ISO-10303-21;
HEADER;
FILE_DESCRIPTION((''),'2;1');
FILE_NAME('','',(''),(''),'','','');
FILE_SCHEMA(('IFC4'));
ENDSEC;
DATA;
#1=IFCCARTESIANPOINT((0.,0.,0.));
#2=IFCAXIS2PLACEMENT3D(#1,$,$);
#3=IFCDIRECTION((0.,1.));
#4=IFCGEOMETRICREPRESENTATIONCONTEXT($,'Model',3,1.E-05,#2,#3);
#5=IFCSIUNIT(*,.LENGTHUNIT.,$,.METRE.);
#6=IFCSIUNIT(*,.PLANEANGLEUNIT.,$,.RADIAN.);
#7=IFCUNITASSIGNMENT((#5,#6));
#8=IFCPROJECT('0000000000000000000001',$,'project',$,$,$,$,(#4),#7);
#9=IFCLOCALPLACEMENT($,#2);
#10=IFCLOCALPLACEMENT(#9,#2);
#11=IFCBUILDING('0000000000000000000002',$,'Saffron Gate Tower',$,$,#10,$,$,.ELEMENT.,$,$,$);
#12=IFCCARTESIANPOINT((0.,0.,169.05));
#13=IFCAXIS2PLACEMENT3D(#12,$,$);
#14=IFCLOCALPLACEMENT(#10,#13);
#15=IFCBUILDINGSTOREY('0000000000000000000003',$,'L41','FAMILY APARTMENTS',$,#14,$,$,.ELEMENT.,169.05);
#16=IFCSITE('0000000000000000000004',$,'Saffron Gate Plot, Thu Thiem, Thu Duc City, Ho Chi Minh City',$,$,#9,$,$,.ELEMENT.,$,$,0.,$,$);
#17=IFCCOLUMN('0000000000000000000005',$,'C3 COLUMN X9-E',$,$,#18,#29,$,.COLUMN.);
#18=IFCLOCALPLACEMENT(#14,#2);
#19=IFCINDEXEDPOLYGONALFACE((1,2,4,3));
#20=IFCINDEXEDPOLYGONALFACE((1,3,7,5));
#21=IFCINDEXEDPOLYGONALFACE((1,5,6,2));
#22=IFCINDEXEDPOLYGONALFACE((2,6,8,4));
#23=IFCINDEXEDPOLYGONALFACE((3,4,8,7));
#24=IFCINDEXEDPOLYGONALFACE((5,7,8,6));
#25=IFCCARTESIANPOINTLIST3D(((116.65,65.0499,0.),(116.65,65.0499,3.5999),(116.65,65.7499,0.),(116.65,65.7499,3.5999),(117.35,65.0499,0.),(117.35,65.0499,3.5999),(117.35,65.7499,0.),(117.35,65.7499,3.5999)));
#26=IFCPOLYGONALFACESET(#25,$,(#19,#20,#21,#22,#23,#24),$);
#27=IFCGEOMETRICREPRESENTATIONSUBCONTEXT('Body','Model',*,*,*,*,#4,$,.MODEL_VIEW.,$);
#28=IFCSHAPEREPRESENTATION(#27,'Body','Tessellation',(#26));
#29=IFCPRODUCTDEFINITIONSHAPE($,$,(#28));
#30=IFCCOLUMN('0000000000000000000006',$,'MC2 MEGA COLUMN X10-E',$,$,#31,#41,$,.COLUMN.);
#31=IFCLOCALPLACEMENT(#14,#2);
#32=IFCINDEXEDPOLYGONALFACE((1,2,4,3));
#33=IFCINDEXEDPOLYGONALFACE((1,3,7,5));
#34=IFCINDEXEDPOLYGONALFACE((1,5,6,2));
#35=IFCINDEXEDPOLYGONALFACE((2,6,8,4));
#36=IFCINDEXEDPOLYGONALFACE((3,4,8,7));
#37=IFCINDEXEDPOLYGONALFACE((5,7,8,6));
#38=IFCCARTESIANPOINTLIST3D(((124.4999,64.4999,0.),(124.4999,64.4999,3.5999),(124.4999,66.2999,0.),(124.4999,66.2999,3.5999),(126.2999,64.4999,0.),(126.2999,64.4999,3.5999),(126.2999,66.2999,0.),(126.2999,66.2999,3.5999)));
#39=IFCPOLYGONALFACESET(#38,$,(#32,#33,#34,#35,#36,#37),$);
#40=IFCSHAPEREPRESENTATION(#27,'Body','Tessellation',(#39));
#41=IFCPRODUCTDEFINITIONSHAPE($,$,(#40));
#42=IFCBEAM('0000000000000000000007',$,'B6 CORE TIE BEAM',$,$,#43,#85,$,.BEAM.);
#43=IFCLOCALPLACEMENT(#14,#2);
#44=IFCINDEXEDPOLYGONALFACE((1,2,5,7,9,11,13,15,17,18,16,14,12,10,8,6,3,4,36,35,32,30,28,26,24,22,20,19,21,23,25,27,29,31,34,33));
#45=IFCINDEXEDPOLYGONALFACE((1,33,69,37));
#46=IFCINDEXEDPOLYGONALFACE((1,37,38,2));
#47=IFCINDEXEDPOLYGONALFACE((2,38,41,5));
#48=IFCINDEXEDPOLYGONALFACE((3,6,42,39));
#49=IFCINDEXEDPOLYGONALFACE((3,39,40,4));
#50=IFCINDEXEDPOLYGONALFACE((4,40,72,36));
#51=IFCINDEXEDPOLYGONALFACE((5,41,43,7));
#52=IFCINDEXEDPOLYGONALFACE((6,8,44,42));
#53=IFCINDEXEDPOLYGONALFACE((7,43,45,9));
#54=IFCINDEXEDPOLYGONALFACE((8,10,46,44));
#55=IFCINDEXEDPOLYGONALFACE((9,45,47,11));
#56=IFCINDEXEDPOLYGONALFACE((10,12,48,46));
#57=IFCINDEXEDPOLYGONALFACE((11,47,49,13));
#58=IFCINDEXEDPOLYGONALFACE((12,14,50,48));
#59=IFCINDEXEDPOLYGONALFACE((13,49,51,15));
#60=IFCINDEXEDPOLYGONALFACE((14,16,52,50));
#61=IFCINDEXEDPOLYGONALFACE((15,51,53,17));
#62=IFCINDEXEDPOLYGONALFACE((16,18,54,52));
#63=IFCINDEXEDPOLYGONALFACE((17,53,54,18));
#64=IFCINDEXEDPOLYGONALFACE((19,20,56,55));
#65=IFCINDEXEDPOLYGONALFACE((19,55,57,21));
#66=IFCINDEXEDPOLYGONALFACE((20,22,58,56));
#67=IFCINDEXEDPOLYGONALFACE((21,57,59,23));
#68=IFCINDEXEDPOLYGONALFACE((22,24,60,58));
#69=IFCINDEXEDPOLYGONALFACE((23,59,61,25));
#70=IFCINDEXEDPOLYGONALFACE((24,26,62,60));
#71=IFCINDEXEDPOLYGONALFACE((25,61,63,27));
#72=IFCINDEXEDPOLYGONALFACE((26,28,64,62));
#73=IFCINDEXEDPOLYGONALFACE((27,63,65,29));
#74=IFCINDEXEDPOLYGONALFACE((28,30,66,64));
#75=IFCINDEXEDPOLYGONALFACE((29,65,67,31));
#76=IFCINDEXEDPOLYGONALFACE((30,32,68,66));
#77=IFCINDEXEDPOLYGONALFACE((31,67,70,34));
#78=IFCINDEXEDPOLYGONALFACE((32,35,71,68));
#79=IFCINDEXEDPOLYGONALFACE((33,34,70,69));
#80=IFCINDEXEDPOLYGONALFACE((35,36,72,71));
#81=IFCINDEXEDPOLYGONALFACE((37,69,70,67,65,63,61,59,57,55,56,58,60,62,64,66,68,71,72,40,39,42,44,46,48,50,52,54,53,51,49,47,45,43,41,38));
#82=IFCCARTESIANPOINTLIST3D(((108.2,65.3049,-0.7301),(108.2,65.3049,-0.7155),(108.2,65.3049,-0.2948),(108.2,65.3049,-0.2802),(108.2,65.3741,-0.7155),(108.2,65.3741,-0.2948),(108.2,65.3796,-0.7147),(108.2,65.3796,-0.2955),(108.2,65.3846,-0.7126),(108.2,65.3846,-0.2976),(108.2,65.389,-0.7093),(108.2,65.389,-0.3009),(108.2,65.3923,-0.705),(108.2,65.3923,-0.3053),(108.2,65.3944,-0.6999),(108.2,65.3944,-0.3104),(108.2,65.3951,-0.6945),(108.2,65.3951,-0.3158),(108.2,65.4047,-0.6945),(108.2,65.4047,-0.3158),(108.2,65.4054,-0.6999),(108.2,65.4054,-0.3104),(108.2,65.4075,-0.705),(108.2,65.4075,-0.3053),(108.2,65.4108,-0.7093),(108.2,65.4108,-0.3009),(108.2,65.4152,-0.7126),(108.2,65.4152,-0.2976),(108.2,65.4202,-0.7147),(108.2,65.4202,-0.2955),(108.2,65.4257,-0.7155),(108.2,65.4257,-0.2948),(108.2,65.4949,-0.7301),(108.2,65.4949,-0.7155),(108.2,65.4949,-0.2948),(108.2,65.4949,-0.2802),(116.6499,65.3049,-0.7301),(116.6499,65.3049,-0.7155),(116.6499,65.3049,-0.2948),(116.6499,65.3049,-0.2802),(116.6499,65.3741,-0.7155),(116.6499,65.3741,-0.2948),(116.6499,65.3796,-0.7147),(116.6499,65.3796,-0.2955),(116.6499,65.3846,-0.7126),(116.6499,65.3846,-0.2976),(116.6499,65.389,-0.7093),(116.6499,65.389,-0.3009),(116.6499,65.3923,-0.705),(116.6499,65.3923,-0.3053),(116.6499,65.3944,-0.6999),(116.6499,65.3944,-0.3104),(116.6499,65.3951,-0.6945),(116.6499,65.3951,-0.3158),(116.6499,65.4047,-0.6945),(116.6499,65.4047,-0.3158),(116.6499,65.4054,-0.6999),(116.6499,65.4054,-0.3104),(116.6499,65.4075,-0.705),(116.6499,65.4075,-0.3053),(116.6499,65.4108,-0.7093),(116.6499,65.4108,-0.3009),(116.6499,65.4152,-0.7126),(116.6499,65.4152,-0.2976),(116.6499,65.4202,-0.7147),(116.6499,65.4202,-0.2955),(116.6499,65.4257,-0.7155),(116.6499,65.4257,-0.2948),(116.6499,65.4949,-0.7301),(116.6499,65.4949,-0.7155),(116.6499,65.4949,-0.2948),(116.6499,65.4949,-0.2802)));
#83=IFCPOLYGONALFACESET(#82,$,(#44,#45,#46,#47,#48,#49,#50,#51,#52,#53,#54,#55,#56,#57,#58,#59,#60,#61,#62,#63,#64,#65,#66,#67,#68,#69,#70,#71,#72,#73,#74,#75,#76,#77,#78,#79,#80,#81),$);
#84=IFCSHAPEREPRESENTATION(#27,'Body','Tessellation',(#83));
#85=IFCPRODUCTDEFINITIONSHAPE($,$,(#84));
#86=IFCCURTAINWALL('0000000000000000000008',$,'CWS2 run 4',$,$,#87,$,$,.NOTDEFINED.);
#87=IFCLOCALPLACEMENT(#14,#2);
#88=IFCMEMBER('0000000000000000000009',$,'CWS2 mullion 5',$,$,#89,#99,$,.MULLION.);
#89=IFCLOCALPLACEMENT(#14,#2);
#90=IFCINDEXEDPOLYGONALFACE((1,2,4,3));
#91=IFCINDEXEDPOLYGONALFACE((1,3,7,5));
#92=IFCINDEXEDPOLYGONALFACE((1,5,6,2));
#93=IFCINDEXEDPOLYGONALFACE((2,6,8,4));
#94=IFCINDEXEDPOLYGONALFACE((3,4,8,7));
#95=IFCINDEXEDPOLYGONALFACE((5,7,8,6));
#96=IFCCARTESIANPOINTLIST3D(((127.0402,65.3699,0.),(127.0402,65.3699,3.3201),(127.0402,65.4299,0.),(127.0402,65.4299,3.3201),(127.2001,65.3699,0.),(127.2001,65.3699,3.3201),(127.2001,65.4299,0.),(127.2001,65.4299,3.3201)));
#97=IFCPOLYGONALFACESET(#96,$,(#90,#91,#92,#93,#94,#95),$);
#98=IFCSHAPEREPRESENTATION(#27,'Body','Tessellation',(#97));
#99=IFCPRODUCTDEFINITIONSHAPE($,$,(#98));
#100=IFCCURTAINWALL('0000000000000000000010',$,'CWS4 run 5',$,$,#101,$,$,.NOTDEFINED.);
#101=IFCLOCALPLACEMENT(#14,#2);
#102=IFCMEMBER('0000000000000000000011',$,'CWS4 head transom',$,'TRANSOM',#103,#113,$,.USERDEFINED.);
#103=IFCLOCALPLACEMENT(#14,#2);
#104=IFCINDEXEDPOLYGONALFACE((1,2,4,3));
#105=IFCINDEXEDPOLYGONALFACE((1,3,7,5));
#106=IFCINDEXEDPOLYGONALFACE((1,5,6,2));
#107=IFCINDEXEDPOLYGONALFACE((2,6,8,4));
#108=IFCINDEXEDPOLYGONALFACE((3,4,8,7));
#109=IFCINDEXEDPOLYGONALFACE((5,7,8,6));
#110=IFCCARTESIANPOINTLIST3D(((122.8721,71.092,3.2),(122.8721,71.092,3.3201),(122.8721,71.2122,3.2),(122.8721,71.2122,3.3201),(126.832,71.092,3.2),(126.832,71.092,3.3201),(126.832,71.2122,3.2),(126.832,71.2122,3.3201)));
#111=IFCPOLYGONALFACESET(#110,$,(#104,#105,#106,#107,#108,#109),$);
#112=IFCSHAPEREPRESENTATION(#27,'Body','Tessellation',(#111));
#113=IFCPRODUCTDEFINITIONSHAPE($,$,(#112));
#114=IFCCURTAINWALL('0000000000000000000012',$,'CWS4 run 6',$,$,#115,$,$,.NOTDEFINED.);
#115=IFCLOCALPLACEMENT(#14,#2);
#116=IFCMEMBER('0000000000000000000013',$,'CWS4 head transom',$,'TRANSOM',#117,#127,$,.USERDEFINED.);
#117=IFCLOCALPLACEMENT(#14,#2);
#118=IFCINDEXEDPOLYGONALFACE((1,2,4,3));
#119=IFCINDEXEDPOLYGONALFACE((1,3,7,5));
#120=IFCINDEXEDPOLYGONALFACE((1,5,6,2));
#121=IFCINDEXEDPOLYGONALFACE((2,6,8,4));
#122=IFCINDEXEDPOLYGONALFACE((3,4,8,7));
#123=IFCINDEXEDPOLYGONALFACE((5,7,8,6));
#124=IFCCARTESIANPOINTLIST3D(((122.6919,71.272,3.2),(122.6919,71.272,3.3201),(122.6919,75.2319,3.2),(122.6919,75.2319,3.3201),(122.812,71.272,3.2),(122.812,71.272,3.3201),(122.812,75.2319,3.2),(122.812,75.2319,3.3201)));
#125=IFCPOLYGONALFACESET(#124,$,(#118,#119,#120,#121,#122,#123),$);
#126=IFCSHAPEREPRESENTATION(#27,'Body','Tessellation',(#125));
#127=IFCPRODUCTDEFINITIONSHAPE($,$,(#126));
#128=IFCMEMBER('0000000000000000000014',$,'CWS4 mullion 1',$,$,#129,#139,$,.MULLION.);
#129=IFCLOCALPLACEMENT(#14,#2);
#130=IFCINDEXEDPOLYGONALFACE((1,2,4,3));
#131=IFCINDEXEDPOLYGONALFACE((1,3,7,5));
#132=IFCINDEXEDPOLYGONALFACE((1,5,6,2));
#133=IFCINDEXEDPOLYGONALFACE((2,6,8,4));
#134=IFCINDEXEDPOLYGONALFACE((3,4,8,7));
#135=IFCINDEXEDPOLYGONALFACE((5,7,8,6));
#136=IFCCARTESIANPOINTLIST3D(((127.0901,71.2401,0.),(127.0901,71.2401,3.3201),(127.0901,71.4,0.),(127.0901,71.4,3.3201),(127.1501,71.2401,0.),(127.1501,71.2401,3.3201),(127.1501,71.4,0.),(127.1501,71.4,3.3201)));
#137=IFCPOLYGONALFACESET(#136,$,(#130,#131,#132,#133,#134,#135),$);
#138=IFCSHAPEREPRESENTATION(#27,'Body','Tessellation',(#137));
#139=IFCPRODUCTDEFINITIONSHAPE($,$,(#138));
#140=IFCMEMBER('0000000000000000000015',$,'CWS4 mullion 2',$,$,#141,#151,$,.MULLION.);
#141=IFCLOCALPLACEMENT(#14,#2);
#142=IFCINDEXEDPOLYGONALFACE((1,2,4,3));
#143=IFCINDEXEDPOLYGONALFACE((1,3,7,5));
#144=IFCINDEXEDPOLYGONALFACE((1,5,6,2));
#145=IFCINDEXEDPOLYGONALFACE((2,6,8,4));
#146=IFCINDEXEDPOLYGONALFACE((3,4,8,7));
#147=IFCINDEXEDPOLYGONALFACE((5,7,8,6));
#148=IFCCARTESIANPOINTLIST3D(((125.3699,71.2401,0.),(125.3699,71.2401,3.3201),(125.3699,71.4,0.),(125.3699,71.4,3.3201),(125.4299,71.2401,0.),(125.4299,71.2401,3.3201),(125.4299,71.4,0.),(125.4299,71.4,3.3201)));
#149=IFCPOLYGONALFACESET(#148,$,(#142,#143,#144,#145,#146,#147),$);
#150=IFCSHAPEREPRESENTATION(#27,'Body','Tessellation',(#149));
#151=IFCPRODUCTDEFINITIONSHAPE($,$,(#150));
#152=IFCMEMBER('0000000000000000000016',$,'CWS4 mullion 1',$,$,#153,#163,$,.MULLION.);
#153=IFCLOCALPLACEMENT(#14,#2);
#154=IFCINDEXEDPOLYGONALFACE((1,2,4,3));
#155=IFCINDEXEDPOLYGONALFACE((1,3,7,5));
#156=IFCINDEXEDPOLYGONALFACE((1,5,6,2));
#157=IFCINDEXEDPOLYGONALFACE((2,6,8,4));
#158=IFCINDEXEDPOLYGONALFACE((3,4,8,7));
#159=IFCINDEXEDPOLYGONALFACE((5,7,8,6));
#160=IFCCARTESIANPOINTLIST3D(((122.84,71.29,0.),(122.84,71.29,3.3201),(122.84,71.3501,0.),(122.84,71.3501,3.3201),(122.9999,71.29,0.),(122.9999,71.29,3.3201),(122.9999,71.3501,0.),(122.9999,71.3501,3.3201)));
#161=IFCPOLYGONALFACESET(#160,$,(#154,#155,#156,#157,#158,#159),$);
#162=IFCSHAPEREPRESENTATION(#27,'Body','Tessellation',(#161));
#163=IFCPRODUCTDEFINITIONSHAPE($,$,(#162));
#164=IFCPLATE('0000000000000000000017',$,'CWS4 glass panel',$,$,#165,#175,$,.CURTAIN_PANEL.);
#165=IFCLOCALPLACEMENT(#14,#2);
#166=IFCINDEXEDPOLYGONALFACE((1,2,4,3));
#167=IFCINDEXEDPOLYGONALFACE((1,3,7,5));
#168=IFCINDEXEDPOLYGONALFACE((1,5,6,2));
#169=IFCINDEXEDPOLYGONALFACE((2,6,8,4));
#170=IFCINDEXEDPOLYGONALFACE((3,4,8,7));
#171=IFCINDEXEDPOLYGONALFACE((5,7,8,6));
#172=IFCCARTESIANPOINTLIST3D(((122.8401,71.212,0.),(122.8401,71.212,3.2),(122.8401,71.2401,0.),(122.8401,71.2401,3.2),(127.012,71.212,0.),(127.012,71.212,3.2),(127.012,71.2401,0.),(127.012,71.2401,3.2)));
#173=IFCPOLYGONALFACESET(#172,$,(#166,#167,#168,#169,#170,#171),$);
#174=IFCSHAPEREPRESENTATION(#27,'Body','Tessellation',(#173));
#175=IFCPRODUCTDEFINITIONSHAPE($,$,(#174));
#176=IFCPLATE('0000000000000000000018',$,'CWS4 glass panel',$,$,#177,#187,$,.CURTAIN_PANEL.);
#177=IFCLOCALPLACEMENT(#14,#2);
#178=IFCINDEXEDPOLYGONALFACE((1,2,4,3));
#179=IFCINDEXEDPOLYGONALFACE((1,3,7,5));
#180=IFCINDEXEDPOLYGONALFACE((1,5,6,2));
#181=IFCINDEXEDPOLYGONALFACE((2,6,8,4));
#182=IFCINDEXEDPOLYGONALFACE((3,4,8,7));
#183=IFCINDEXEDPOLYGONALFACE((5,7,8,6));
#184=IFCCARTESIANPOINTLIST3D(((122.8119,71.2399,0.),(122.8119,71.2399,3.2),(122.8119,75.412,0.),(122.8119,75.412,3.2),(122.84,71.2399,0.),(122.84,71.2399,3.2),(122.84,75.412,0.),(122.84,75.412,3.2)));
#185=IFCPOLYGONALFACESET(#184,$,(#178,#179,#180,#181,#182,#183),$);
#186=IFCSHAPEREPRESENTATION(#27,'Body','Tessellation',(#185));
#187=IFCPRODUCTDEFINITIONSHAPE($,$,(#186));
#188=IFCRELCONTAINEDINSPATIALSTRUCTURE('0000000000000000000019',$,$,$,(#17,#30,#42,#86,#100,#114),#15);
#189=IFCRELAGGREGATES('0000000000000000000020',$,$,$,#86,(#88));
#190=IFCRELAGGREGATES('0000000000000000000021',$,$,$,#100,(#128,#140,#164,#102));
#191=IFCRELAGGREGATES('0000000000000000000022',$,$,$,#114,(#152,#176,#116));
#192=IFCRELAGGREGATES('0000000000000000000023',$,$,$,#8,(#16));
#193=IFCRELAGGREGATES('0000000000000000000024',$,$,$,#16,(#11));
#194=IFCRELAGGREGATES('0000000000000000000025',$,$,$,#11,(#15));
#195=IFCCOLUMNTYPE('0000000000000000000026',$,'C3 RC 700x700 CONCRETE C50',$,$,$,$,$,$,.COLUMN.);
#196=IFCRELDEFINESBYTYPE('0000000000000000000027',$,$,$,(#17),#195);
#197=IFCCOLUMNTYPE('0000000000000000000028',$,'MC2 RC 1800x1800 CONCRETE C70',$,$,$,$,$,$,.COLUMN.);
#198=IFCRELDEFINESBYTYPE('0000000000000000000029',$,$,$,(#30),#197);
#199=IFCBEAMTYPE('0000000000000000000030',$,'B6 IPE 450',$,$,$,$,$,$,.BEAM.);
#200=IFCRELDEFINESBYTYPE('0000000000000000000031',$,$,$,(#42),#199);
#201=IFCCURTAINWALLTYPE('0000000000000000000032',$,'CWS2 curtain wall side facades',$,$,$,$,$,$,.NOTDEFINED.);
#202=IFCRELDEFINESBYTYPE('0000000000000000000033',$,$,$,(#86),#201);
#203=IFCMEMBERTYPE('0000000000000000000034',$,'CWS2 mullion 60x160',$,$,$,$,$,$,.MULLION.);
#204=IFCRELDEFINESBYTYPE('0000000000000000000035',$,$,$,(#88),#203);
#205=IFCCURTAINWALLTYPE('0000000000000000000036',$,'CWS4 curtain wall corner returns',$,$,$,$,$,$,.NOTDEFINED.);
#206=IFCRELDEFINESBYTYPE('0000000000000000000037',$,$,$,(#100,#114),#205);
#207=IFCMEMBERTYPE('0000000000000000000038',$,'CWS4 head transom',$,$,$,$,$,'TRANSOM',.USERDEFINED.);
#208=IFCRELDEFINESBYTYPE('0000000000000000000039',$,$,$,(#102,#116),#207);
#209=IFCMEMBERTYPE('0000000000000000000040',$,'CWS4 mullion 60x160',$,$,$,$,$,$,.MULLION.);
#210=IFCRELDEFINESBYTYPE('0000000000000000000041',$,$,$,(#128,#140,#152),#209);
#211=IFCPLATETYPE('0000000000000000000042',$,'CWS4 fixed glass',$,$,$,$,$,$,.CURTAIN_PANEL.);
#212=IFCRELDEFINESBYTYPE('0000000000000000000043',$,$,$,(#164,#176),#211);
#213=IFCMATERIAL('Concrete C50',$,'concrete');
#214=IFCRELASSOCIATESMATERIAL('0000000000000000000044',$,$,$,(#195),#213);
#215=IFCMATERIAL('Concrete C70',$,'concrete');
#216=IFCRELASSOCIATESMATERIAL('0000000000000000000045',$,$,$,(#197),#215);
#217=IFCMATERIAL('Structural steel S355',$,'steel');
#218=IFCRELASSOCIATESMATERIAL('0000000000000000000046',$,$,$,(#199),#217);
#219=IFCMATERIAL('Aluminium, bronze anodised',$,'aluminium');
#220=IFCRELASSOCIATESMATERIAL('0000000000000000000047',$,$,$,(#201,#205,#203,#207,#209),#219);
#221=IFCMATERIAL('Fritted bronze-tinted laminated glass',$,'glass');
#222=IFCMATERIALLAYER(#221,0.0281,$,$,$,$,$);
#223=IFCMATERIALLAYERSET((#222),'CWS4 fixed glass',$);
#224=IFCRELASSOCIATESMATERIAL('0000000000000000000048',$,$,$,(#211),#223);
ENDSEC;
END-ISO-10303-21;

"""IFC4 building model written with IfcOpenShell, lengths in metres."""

from ifc_helpers import new_model, si_unit, direction, frame, frame_2d, origin, origin_2d, place, context, subcontext, project, spatial, rectangle, i_section, extrude, material, layer, layer_set, material_profile, profile_set, type_object, element, aggregate, save


model = new_model("IFC4")

# Units and contexts
model_context = context("Model", 3, precision=1e-05, world=origin(), true_north=direction((0.0, 1.0)))
body_context = subcontext(model_context, "Body", "Model", "MODEL_VIEW")
ifc_project = project(units=[si_unit("LENGTHUNIT", "METRE"), si_unit("PLANEANGLEUNIT", "RADIAN")], contexts=[model_context])

# Site, building, storey
site_placement = place(None, origin())
site = spatial("IfcSite", under=ifc_project, at=site_placement, Name="Saffron Gate Plot, Thu Thiem, Thu Duc City, Ho Chi Minh City", CompositionType="ELEMENT", RefElevation=0.0)
building_placement = place(site_placement, origin())
building = spatial("IfcBuilding", under=site, at=building_placement, Name="Saffron Gate Tower", CompositionType="ELEMENT")
storey_placement = place(building_placement, frame((0.0, 0.0, 169.05)))
storey = spatial("IfcBuildingStorey", under=building, at=storey_placement, Name="L41", Description="FAMILY APARTMENTS", CompositionType="ELEMENT", Elevation=169.05)

# Columns
ifc_material_1 = material(Name="Concrete C50", Category="concrete")
ifc_material_profile_1 = material_profile(ifc_material_1, rectangle(XDim=0.7, YDim=0.7, at=origin_2d()))
ifc_profile_set_1 = profile_set([ifc_material_profile_1], Name="Concrete C50")
column_type_1 = type_object("IfcColumnType", Name="C3 RC 700x700 CONCRETE C50", PredefinedType="COLUMN", material=ifc_profile_set_1)
column_1_placement = place(storey_placement, frame((117.0, 65.3999, 0.0), z_axis=(0.0, 0.0, 1.0), x_axis=(1.0, 0.0, 0.0)))
element("IfcColumn", 1, at=column_1_placement, inside=storey, type_object=column_type_1, Name="C3 COLUMN X9-E", PredefinedType="COLUMN", context=body_context, shape_type="SweptSolid", body=[
    extrude(rectangle(XDim=0.7, YDim=0.7, at=origin_2d()), origin(), (0.0, 0.0, 1.0), 3.5999),
])
ifc_material_2 = material(Name="Concrete C70", Category="concrete")
ifc_material_profile_2 = material_profile(ifc_material_2, rectangle(XDim=1.8, YDim=1.8, at=origin_2d()))
ifc_profile_set_2 = profile_set([ifc_material_profile_2], Name="Concrete C70")
column_type_2 = type_object("IfcColumnType", Name="MC2 RC 1800x1800 CONCRETE C70", PredefinedType="COLUMN", material=ifc_profile_set_2)
column_2_placement = place(storey_placement, frame((125.3999, 65.3999, 0.0), z_axis=(0.0, 0.0, 1.0), x_axis=(1.0, 0.0, 0.0)))
element("IfcColumn", 2, at=column_2_placement, inside=storey, type_object=column_type_2, Name="MC2 MEGA COLUMN X10-E", PredefinedType="COLUMN", context=body_context, shape_type="SweptSolid", body=[
    extrude(rectangle(XDim=1.8, YDim=1.8, at=origin_2d()), origin(), (0.0, 0.0, 1.0), 3.5999),
])

# Beam
ifc_material_3 = material(Name="Structural steel S355", Category="steel")
ifc_material_profile_3 = material_profile(ifc_material_3, i_section(OverallWidth=0.1899, OverallDepth=0.45, WebThickness=0.0095, FlangeThickness=0.0146, FilletRadius=0.021, at=origin_2d()))
ifc_profile_set_3 = profile_set([ifc_material_profile_3], Name="Structural steel S355")
beam_type = type_object("IfcBeamType", Name="B6 IPE 450", PredefinedType="BEAM", material=ifc_profile_set_3)
beam_placement = place(storey_placement, frame((116.6499, 65.3999, -0.5051), z_axis=(-1.0, 0.0, 0.0), x_axis=(0.0, -1.0, 0.0)))
element("IfcBeam", 3, at=beam_placement, inside=storey, type_object=beam_type, Name="B6 CORE TIE BEAM", PredefinedType="BEAM", context=body_context, shape_type="SweptSolid", body=[
    extrude(i_section(OverallWidth=0.1899, OverallDepth=0.45, WebThickness=0.0095, FlangeThickness=0.0146, FilletRadius=0.021, at=origin_2d()), origin(), (0.0, 0.0, 1.0), 8.45),
])

# Curtain walls, members
ifc_material_4 = material(Name="Aluminium, bronze anodised", Category="aluminium")
curtain_wall_type_1 = type_object("IfcCurtainWallType", Name="CWS2 curtain wall side facades", PredefinedType="NOTDEFINED", material=ifc_material_4)
curtain_wall_1_placement = place(storey_placement, origin())
curtain_wall_1 = element("IfcCurtainWall", 4, at=curtain_wall_1_placement, inside=storey, type_object=curtain_wall_type_1, Name="CWS2 run 4", PredefinedType="NOTDEFINED")
ifc_material_profile_4 = material_profile(ifc_material_4, rectangle(XDim=0.1599, YDim=0.0601, at=origin_2d()))
ifc_profile_set_4 = profile_set([ifc_material_profile_4], Name="Aluminium, bronze anodised")
member_type_1 = type_object("IfcMemberType", Name="CWS2 mullion 60x160", PredefinedType="MULLION", material=ifc_profile_set_4)
member_1_placement = place(storey_placement, frame((127.1201, 65.3999, 0.0), z_axis=(0.0, 0.0, 1.0), x_axis=(-1.0, 0.0, 0.0)))
member_1 = element("IfcMember", 5, at=member_1_placement, type_object=member_type_1, Name="CWS2 mullion 5", PredefinedType="MULLION", context=body_context, shape_type="SweptSolid", body=[
    extrude(rectangle(XDim=0.1599, YDim=0.0601, at=origin_2d()), origin(), (0.0, 0.0, 1.0), 3.3201),
])
aggregate(curtain_wall_1, [member_1])
curtain_wall_type_2 = type_object("IfcCurtainWallType", Name="CWS4 curtain wall corner returns", PredefinedType="NOTDEFINED", material=ifc_material_4)
curtain_wall_2_placement = place(storey_placement, origin())
curtain_wall_2 = element("IfcCurtainWall", 6, at=curtain_wall_2_placement, inside=storey, type_object=curtain_wall_type_2, Name="CWS4 run 5", PredefinedType="NOTDEFINED")
ifc_material_profile_5 = material_profile(ifc_material_4, rectangle(XDim=0.1201, YDim=0.1201, at=origin_2d()))
ifc_profile_set_5 = profile_set([ifc_material_profile_5], Name="Aluminium, bronze anodised")
member_type_2 = type_object("IfcMemberType", Name="CWS4 head transom", ElementType="TRANSOM", PredefinedType="USERDEFINED", material=ifc_profile_set_5)
member_2_placement = place(storey_placement, frame((126.832, 71.1521, 3.26), z_axis=(-1.0, 0.0, 0.0), x_axis=(0.0, -1.0, 0.0)))
member_2 = element("IfcMember", 7, at=member_2_placement, type_object=member_type_2, Name="CWS4 head transom", ObjectType="TRANSOM", PredefinedType="USERDEFINED", context=body_context, shape_type="SweptSolid", body=[
    extrude(rectangle(XDim=0.1201, YDim=0.1201, at=origin_2d()), origin(), (0.0, 0.0, 1.0), 3.96),
])
curtain_wall_3_placement = place(storey_placement, origin())
curtain_wall_3 = element("IfcCurtainWall", 8, at=curtain_wall_3_placement, inside=storey, type_object=curtain_wall_type_2, Name="CWS4 run 6", PredefinedType="NOTDEFINED")
member_3_placement = place(storey_placement, frame((122.752, 71.272, 3.26), z_axis=(0.0, 1.0, 0.0), x_axis=(-1.0, 0.0, 0.0)))
member_3 = element("IfcMember", 9, at=member_3_placement, type_object=member_type_2, Name="CWS4 head transom", ObjectType="TRANSOM", PredefinedType="USERDEFINED", context=body_context, shape_type="SweptSolid", body=[
    extrude(rectangle(XDim=0.1201, YDim=0.1201, at=origin_2d()), origin(), (0.0, 0.0, 1.0), 3.96),
])

# Members
ifc_material_profile_6 = material_profile(ifc_material_4, rectangle(XDim=0.1599, YDim=0.0601, at=origin_2d()))
ifc_profile_set_6 = profile_set([ifc_material_profile_6], Name="Aluminium, bronze anodised")
member_type_3 = type_object("IfcMemberType", Name="CWS4 mullion 60x160", PredefinedType="MULLION", material=ifc_profile_set_6)
member_4_placement = place(storey_placement, frame((127.1201, 71.3201, 0.0), z_axis=(0.0, 0.0, 1.0), x_axis=(0.0, -1.0, 0.0)))
member_4 = element("IfcMember", 10, at=member_4_placement, type_object=member_type_3, Name="CWS4 mullion 1", PredefinedType="MULLION", context=body_context, shape_type="SweptSolid", body=[
    extrude(rectangle(XDim=0.1599, YDim=0.0601, at=origin_2d()), origin(), (0.0, 0.0, 1.0), 3.3201),
])
member_5_placement = place(storey_placement, frame((125.3999, 71.3201, 0.0), z_axis=(0.0, 0.0, 1.0), x_axis=(0.0, -1.0, 0.0)))
member_5 = element("IfcMember", 11, at=member_5_placement, type_object=member_type_3, Name="CWS4 mullion 2", PredefinedType="MULLION", context=body_context, shape_type="SweptSolid", body=[
    extrude(rectangle(XDim=0.1599, YDim=0.0601, at=origin_2d()), origin(), (0.0, 0.0, 1.0), 3.3201),
])
member_6_placement = place(storey_placement, frame((122.9199, 71.3201, 0.0), z_axis=(0.0, 0.0, 1.0), x_axis=(-1.0, 0.0, 0.0)))
member_6 = element("IfcMember", 12, at=member_6_placement, type_object=member_type_3, Name="CWS4 mullion 1", PredefinedType="MULLION", context=body_context, shape_type="SweptSolid", body=[
    extrude(rectangle(XDim=0.1599, YDim=0.0601, at=origin_2d()), origin(), (0.0, 0.0, 1.0), 3.3201),
])

# Plates
ifc_material_5 = material(Name="Fritted bronze-tinted laminated glass", Category="glass")
ifc_layer_1 = layer(ifc_material_5, 0.0281)
ifc_layer_set_1 = layer_set([ifc_layer_1], Name="CWS4 fixed glass")
plate_type = type_object("IfcPlateType", Name="CWS4 fixed glass", PredefinedType="CURTAIN_PANEL", material=ifc_layer_set_1)
plate_1_placement = place(storey_placement, frame((127.012, 71.2261, 0.0), z_axis=(0.0, 0.0, 1.0), x_axis=(-1.0, 0.0, 0.0)))
plate_1 = element("IfcPlate", 13, at=plate_1_placement, type_object=plate_type, Name="CWS4 glass panel", PredefinedType="CURTAIN_PANEL", context=body_context, shape_type="SweptSolid", body=[
    extrude(rectangle(XDim=4.1719, YDim=0.0281, at=frame_2d((2.0859, 0.0))), origin(), (0.0, 0.0, 1.0), 3.2),
])
aggregate(curtain_wall_2, [member_4, member_5, plate_1, member_2])
plate_2_placement = place(storey_placement, frame((122.8259, 71.24, 0.0), z_axis=(0.0, 0.0, 1.0), x_axis=(0.0, 1.0, 0.0)))
plate_2 = element("IfcPlate", 14, at=plate_2_placement, type_object=plate_type, Name="CWS4 glass panel", PredefinedType="CURTAIN_PANEL", context=body_context, shape_type="SweptSolid", body=[
    extrude(rectangle(XDim=4.1721, YDim=0.0281, at=frame_2d((2.0859, 0.0))), origin(), (0.0, 0.0, 1.0), 3.2),
])
aggregate(curtain_wall_3, [member_6, plate_2, member_3])

save(model, "model.ifc")
